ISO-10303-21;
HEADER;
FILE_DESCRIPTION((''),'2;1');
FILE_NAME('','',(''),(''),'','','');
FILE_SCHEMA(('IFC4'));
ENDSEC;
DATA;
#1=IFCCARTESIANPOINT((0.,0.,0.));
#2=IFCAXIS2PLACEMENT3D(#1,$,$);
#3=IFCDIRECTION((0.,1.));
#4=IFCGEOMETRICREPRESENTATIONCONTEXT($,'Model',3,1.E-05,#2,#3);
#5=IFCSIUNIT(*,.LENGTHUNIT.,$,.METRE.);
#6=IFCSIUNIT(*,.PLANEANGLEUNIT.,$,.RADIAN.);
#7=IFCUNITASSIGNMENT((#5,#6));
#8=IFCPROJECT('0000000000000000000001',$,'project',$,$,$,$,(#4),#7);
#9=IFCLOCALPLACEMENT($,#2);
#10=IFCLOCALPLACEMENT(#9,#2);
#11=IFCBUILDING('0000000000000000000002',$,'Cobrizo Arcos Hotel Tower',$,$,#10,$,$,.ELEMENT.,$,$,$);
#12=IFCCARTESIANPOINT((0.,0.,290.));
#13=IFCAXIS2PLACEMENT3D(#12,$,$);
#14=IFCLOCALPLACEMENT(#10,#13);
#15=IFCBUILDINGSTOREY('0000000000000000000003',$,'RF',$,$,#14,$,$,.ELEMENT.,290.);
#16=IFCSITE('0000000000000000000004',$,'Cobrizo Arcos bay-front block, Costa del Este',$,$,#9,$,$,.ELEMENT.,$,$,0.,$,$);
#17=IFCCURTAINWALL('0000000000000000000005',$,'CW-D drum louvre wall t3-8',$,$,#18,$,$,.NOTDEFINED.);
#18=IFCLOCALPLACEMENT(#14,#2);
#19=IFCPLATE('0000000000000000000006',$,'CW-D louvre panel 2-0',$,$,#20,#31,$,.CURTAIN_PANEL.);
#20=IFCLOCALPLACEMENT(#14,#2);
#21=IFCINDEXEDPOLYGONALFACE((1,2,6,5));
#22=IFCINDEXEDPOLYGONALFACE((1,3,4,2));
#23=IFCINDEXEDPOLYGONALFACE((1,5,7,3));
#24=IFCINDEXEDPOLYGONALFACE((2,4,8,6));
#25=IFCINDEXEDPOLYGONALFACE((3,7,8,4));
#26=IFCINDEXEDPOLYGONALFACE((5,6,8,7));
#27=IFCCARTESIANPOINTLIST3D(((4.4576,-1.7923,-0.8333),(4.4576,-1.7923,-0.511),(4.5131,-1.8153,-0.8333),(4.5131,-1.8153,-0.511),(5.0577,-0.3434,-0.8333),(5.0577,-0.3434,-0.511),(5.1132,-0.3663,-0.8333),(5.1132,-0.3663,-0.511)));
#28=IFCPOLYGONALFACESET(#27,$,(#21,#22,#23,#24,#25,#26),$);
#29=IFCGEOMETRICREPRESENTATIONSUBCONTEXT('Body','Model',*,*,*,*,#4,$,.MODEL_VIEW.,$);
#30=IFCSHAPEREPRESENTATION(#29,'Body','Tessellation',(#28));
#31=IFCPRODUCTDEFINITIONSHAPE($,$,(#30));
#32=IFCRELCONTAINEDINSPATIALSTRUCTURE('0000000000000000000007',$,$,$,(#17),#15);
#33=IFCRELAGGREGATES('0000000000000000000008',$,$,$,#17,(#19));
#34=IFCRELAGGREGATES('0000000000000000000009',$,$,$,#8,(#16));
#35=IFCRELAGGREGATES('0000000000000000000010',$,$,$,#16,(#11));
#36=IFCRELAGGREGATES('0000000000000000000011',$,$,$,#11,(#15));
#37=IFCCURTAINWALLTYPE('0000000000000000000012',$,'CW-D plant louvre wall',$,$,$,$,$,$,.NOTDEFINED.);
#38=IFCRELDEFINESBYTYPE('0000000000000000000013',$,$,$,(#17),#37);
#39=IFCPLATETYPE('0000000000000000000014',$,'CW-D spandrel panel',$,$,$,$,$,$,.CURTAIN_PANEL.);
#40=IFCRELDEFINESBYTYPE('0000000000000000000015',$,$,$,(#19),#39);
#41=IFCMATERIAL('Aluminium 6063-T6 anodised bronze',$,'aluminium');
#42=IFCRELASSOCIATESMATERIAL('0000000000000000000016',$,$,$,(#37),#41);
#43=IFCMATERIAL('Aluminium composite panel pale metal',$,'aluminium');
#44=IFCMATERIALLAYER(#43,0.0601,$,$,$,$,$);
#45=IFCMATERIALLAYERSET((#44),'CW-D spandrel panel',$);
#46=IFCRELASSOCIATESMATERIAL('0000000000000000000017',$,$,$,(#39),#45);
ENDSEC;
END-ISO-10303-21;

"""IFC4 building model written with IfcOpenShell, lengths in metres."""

from ifc_helpers import new_model, si_unit, direction, frame, origin, origin_2d, place, context, subcontext, project, spatial, rectangle, extrude, material, layer, layer_set, type_object, element, aggregate, save


model = new_model("IFC4")

# Units and contexts
model_context = context("Model", 3, precision=1e-05, world=origin(), true_north=direction((0.0, 1.0)))
body_context = subcontext(model_context, "Body", "Model", "MODEL_VIEW")
ifc_project = project(units=[si_unit("LENGTHUNIT", "METRE"), si_unit("PLANEANGLEUNIT", "RADIAN")], contexts=[model_context])

# Site, building, storey
site_placement = place(None, origin())
site = spatial("IfcSite", under=ifc_project, at=site_placement, Name="Cobrizo Arcos bay-front block, Costa del Este", CompositionType="ELEMENT", RefElevation=0.0)
building_placement = place(site_placement, origin())
building = spatial("IfcBuilding", under=site, at=building_placement, Name="Cobrizo Arcos Hotel Tower", CompositionType="ELEMENT")
storey_placement = place(building_placement, frame((0.0, 0.0, 290.0)))
storey = spatial("IfcBuildingStorey", under=building, at=storey_placement, Name="RF", CompositionType="ELEMENT", Elevation=290.0)

# Curtain wall
ifc_material_1 = material(Name="Aluminium 6063-T6 anodised bronze", Category="aluminium")
curtain_wall_type = type_object("IfcCurtainWallType", Name="CW-D plant louvre wall", PredefinedType="NOTDEFINED", material=ifc_material_1)
curtain_wall_1_placement = place(storey_placement, origin())
curtain_wall_1 = element("IfcCurtainWall", 1, at=curtain_wall_1_placement, inside=storey, type_object=curtain_wall_type, Name="CW-D drum louvre wall t3-8", PredefinedType="NOTDEFINED")

# Plate
ifc_material_2 = material(Name="Aluminium composite panel pale metal", Category="aluminium")
ifc_layer_1 = layer(ifc_material_2, 0.0601)
ifc_layer_set_1 = layer_set([ifc_layer_1], Name="CW-D spandrel panel")
plate_type_1 = type_object("IfcPlateType", Name="CW-D spandrel panel", PredefinedType="CURTAIN_PANEL", material=ifc_layer_set_1)
plate_1_placement = place(storey_placement, frame((4.7854, -1.0793, -0.8333), z_axis=(0.0, 0.0, 1.0), x_axis=(0.382683, 0.92388, 0.0)))
plate_1 = element("IfcPlate", 2, at=plate_1_placement, type_object=plate_type_1, Name="CW-D louvre panel 2-0", PredefinedType="CURTAIN_PANEL", context=body_context, shape_type="SweptSolid", body=[
    extrude(rectangle(XDim=1.5684, YDim=0.0601, at=origin_2d()), origin(), (0.0, 0.0, 1.0), 0.3223),
])
aggregate(curtain_wall_1, [plate_1])

save(model, "model.ifc")
